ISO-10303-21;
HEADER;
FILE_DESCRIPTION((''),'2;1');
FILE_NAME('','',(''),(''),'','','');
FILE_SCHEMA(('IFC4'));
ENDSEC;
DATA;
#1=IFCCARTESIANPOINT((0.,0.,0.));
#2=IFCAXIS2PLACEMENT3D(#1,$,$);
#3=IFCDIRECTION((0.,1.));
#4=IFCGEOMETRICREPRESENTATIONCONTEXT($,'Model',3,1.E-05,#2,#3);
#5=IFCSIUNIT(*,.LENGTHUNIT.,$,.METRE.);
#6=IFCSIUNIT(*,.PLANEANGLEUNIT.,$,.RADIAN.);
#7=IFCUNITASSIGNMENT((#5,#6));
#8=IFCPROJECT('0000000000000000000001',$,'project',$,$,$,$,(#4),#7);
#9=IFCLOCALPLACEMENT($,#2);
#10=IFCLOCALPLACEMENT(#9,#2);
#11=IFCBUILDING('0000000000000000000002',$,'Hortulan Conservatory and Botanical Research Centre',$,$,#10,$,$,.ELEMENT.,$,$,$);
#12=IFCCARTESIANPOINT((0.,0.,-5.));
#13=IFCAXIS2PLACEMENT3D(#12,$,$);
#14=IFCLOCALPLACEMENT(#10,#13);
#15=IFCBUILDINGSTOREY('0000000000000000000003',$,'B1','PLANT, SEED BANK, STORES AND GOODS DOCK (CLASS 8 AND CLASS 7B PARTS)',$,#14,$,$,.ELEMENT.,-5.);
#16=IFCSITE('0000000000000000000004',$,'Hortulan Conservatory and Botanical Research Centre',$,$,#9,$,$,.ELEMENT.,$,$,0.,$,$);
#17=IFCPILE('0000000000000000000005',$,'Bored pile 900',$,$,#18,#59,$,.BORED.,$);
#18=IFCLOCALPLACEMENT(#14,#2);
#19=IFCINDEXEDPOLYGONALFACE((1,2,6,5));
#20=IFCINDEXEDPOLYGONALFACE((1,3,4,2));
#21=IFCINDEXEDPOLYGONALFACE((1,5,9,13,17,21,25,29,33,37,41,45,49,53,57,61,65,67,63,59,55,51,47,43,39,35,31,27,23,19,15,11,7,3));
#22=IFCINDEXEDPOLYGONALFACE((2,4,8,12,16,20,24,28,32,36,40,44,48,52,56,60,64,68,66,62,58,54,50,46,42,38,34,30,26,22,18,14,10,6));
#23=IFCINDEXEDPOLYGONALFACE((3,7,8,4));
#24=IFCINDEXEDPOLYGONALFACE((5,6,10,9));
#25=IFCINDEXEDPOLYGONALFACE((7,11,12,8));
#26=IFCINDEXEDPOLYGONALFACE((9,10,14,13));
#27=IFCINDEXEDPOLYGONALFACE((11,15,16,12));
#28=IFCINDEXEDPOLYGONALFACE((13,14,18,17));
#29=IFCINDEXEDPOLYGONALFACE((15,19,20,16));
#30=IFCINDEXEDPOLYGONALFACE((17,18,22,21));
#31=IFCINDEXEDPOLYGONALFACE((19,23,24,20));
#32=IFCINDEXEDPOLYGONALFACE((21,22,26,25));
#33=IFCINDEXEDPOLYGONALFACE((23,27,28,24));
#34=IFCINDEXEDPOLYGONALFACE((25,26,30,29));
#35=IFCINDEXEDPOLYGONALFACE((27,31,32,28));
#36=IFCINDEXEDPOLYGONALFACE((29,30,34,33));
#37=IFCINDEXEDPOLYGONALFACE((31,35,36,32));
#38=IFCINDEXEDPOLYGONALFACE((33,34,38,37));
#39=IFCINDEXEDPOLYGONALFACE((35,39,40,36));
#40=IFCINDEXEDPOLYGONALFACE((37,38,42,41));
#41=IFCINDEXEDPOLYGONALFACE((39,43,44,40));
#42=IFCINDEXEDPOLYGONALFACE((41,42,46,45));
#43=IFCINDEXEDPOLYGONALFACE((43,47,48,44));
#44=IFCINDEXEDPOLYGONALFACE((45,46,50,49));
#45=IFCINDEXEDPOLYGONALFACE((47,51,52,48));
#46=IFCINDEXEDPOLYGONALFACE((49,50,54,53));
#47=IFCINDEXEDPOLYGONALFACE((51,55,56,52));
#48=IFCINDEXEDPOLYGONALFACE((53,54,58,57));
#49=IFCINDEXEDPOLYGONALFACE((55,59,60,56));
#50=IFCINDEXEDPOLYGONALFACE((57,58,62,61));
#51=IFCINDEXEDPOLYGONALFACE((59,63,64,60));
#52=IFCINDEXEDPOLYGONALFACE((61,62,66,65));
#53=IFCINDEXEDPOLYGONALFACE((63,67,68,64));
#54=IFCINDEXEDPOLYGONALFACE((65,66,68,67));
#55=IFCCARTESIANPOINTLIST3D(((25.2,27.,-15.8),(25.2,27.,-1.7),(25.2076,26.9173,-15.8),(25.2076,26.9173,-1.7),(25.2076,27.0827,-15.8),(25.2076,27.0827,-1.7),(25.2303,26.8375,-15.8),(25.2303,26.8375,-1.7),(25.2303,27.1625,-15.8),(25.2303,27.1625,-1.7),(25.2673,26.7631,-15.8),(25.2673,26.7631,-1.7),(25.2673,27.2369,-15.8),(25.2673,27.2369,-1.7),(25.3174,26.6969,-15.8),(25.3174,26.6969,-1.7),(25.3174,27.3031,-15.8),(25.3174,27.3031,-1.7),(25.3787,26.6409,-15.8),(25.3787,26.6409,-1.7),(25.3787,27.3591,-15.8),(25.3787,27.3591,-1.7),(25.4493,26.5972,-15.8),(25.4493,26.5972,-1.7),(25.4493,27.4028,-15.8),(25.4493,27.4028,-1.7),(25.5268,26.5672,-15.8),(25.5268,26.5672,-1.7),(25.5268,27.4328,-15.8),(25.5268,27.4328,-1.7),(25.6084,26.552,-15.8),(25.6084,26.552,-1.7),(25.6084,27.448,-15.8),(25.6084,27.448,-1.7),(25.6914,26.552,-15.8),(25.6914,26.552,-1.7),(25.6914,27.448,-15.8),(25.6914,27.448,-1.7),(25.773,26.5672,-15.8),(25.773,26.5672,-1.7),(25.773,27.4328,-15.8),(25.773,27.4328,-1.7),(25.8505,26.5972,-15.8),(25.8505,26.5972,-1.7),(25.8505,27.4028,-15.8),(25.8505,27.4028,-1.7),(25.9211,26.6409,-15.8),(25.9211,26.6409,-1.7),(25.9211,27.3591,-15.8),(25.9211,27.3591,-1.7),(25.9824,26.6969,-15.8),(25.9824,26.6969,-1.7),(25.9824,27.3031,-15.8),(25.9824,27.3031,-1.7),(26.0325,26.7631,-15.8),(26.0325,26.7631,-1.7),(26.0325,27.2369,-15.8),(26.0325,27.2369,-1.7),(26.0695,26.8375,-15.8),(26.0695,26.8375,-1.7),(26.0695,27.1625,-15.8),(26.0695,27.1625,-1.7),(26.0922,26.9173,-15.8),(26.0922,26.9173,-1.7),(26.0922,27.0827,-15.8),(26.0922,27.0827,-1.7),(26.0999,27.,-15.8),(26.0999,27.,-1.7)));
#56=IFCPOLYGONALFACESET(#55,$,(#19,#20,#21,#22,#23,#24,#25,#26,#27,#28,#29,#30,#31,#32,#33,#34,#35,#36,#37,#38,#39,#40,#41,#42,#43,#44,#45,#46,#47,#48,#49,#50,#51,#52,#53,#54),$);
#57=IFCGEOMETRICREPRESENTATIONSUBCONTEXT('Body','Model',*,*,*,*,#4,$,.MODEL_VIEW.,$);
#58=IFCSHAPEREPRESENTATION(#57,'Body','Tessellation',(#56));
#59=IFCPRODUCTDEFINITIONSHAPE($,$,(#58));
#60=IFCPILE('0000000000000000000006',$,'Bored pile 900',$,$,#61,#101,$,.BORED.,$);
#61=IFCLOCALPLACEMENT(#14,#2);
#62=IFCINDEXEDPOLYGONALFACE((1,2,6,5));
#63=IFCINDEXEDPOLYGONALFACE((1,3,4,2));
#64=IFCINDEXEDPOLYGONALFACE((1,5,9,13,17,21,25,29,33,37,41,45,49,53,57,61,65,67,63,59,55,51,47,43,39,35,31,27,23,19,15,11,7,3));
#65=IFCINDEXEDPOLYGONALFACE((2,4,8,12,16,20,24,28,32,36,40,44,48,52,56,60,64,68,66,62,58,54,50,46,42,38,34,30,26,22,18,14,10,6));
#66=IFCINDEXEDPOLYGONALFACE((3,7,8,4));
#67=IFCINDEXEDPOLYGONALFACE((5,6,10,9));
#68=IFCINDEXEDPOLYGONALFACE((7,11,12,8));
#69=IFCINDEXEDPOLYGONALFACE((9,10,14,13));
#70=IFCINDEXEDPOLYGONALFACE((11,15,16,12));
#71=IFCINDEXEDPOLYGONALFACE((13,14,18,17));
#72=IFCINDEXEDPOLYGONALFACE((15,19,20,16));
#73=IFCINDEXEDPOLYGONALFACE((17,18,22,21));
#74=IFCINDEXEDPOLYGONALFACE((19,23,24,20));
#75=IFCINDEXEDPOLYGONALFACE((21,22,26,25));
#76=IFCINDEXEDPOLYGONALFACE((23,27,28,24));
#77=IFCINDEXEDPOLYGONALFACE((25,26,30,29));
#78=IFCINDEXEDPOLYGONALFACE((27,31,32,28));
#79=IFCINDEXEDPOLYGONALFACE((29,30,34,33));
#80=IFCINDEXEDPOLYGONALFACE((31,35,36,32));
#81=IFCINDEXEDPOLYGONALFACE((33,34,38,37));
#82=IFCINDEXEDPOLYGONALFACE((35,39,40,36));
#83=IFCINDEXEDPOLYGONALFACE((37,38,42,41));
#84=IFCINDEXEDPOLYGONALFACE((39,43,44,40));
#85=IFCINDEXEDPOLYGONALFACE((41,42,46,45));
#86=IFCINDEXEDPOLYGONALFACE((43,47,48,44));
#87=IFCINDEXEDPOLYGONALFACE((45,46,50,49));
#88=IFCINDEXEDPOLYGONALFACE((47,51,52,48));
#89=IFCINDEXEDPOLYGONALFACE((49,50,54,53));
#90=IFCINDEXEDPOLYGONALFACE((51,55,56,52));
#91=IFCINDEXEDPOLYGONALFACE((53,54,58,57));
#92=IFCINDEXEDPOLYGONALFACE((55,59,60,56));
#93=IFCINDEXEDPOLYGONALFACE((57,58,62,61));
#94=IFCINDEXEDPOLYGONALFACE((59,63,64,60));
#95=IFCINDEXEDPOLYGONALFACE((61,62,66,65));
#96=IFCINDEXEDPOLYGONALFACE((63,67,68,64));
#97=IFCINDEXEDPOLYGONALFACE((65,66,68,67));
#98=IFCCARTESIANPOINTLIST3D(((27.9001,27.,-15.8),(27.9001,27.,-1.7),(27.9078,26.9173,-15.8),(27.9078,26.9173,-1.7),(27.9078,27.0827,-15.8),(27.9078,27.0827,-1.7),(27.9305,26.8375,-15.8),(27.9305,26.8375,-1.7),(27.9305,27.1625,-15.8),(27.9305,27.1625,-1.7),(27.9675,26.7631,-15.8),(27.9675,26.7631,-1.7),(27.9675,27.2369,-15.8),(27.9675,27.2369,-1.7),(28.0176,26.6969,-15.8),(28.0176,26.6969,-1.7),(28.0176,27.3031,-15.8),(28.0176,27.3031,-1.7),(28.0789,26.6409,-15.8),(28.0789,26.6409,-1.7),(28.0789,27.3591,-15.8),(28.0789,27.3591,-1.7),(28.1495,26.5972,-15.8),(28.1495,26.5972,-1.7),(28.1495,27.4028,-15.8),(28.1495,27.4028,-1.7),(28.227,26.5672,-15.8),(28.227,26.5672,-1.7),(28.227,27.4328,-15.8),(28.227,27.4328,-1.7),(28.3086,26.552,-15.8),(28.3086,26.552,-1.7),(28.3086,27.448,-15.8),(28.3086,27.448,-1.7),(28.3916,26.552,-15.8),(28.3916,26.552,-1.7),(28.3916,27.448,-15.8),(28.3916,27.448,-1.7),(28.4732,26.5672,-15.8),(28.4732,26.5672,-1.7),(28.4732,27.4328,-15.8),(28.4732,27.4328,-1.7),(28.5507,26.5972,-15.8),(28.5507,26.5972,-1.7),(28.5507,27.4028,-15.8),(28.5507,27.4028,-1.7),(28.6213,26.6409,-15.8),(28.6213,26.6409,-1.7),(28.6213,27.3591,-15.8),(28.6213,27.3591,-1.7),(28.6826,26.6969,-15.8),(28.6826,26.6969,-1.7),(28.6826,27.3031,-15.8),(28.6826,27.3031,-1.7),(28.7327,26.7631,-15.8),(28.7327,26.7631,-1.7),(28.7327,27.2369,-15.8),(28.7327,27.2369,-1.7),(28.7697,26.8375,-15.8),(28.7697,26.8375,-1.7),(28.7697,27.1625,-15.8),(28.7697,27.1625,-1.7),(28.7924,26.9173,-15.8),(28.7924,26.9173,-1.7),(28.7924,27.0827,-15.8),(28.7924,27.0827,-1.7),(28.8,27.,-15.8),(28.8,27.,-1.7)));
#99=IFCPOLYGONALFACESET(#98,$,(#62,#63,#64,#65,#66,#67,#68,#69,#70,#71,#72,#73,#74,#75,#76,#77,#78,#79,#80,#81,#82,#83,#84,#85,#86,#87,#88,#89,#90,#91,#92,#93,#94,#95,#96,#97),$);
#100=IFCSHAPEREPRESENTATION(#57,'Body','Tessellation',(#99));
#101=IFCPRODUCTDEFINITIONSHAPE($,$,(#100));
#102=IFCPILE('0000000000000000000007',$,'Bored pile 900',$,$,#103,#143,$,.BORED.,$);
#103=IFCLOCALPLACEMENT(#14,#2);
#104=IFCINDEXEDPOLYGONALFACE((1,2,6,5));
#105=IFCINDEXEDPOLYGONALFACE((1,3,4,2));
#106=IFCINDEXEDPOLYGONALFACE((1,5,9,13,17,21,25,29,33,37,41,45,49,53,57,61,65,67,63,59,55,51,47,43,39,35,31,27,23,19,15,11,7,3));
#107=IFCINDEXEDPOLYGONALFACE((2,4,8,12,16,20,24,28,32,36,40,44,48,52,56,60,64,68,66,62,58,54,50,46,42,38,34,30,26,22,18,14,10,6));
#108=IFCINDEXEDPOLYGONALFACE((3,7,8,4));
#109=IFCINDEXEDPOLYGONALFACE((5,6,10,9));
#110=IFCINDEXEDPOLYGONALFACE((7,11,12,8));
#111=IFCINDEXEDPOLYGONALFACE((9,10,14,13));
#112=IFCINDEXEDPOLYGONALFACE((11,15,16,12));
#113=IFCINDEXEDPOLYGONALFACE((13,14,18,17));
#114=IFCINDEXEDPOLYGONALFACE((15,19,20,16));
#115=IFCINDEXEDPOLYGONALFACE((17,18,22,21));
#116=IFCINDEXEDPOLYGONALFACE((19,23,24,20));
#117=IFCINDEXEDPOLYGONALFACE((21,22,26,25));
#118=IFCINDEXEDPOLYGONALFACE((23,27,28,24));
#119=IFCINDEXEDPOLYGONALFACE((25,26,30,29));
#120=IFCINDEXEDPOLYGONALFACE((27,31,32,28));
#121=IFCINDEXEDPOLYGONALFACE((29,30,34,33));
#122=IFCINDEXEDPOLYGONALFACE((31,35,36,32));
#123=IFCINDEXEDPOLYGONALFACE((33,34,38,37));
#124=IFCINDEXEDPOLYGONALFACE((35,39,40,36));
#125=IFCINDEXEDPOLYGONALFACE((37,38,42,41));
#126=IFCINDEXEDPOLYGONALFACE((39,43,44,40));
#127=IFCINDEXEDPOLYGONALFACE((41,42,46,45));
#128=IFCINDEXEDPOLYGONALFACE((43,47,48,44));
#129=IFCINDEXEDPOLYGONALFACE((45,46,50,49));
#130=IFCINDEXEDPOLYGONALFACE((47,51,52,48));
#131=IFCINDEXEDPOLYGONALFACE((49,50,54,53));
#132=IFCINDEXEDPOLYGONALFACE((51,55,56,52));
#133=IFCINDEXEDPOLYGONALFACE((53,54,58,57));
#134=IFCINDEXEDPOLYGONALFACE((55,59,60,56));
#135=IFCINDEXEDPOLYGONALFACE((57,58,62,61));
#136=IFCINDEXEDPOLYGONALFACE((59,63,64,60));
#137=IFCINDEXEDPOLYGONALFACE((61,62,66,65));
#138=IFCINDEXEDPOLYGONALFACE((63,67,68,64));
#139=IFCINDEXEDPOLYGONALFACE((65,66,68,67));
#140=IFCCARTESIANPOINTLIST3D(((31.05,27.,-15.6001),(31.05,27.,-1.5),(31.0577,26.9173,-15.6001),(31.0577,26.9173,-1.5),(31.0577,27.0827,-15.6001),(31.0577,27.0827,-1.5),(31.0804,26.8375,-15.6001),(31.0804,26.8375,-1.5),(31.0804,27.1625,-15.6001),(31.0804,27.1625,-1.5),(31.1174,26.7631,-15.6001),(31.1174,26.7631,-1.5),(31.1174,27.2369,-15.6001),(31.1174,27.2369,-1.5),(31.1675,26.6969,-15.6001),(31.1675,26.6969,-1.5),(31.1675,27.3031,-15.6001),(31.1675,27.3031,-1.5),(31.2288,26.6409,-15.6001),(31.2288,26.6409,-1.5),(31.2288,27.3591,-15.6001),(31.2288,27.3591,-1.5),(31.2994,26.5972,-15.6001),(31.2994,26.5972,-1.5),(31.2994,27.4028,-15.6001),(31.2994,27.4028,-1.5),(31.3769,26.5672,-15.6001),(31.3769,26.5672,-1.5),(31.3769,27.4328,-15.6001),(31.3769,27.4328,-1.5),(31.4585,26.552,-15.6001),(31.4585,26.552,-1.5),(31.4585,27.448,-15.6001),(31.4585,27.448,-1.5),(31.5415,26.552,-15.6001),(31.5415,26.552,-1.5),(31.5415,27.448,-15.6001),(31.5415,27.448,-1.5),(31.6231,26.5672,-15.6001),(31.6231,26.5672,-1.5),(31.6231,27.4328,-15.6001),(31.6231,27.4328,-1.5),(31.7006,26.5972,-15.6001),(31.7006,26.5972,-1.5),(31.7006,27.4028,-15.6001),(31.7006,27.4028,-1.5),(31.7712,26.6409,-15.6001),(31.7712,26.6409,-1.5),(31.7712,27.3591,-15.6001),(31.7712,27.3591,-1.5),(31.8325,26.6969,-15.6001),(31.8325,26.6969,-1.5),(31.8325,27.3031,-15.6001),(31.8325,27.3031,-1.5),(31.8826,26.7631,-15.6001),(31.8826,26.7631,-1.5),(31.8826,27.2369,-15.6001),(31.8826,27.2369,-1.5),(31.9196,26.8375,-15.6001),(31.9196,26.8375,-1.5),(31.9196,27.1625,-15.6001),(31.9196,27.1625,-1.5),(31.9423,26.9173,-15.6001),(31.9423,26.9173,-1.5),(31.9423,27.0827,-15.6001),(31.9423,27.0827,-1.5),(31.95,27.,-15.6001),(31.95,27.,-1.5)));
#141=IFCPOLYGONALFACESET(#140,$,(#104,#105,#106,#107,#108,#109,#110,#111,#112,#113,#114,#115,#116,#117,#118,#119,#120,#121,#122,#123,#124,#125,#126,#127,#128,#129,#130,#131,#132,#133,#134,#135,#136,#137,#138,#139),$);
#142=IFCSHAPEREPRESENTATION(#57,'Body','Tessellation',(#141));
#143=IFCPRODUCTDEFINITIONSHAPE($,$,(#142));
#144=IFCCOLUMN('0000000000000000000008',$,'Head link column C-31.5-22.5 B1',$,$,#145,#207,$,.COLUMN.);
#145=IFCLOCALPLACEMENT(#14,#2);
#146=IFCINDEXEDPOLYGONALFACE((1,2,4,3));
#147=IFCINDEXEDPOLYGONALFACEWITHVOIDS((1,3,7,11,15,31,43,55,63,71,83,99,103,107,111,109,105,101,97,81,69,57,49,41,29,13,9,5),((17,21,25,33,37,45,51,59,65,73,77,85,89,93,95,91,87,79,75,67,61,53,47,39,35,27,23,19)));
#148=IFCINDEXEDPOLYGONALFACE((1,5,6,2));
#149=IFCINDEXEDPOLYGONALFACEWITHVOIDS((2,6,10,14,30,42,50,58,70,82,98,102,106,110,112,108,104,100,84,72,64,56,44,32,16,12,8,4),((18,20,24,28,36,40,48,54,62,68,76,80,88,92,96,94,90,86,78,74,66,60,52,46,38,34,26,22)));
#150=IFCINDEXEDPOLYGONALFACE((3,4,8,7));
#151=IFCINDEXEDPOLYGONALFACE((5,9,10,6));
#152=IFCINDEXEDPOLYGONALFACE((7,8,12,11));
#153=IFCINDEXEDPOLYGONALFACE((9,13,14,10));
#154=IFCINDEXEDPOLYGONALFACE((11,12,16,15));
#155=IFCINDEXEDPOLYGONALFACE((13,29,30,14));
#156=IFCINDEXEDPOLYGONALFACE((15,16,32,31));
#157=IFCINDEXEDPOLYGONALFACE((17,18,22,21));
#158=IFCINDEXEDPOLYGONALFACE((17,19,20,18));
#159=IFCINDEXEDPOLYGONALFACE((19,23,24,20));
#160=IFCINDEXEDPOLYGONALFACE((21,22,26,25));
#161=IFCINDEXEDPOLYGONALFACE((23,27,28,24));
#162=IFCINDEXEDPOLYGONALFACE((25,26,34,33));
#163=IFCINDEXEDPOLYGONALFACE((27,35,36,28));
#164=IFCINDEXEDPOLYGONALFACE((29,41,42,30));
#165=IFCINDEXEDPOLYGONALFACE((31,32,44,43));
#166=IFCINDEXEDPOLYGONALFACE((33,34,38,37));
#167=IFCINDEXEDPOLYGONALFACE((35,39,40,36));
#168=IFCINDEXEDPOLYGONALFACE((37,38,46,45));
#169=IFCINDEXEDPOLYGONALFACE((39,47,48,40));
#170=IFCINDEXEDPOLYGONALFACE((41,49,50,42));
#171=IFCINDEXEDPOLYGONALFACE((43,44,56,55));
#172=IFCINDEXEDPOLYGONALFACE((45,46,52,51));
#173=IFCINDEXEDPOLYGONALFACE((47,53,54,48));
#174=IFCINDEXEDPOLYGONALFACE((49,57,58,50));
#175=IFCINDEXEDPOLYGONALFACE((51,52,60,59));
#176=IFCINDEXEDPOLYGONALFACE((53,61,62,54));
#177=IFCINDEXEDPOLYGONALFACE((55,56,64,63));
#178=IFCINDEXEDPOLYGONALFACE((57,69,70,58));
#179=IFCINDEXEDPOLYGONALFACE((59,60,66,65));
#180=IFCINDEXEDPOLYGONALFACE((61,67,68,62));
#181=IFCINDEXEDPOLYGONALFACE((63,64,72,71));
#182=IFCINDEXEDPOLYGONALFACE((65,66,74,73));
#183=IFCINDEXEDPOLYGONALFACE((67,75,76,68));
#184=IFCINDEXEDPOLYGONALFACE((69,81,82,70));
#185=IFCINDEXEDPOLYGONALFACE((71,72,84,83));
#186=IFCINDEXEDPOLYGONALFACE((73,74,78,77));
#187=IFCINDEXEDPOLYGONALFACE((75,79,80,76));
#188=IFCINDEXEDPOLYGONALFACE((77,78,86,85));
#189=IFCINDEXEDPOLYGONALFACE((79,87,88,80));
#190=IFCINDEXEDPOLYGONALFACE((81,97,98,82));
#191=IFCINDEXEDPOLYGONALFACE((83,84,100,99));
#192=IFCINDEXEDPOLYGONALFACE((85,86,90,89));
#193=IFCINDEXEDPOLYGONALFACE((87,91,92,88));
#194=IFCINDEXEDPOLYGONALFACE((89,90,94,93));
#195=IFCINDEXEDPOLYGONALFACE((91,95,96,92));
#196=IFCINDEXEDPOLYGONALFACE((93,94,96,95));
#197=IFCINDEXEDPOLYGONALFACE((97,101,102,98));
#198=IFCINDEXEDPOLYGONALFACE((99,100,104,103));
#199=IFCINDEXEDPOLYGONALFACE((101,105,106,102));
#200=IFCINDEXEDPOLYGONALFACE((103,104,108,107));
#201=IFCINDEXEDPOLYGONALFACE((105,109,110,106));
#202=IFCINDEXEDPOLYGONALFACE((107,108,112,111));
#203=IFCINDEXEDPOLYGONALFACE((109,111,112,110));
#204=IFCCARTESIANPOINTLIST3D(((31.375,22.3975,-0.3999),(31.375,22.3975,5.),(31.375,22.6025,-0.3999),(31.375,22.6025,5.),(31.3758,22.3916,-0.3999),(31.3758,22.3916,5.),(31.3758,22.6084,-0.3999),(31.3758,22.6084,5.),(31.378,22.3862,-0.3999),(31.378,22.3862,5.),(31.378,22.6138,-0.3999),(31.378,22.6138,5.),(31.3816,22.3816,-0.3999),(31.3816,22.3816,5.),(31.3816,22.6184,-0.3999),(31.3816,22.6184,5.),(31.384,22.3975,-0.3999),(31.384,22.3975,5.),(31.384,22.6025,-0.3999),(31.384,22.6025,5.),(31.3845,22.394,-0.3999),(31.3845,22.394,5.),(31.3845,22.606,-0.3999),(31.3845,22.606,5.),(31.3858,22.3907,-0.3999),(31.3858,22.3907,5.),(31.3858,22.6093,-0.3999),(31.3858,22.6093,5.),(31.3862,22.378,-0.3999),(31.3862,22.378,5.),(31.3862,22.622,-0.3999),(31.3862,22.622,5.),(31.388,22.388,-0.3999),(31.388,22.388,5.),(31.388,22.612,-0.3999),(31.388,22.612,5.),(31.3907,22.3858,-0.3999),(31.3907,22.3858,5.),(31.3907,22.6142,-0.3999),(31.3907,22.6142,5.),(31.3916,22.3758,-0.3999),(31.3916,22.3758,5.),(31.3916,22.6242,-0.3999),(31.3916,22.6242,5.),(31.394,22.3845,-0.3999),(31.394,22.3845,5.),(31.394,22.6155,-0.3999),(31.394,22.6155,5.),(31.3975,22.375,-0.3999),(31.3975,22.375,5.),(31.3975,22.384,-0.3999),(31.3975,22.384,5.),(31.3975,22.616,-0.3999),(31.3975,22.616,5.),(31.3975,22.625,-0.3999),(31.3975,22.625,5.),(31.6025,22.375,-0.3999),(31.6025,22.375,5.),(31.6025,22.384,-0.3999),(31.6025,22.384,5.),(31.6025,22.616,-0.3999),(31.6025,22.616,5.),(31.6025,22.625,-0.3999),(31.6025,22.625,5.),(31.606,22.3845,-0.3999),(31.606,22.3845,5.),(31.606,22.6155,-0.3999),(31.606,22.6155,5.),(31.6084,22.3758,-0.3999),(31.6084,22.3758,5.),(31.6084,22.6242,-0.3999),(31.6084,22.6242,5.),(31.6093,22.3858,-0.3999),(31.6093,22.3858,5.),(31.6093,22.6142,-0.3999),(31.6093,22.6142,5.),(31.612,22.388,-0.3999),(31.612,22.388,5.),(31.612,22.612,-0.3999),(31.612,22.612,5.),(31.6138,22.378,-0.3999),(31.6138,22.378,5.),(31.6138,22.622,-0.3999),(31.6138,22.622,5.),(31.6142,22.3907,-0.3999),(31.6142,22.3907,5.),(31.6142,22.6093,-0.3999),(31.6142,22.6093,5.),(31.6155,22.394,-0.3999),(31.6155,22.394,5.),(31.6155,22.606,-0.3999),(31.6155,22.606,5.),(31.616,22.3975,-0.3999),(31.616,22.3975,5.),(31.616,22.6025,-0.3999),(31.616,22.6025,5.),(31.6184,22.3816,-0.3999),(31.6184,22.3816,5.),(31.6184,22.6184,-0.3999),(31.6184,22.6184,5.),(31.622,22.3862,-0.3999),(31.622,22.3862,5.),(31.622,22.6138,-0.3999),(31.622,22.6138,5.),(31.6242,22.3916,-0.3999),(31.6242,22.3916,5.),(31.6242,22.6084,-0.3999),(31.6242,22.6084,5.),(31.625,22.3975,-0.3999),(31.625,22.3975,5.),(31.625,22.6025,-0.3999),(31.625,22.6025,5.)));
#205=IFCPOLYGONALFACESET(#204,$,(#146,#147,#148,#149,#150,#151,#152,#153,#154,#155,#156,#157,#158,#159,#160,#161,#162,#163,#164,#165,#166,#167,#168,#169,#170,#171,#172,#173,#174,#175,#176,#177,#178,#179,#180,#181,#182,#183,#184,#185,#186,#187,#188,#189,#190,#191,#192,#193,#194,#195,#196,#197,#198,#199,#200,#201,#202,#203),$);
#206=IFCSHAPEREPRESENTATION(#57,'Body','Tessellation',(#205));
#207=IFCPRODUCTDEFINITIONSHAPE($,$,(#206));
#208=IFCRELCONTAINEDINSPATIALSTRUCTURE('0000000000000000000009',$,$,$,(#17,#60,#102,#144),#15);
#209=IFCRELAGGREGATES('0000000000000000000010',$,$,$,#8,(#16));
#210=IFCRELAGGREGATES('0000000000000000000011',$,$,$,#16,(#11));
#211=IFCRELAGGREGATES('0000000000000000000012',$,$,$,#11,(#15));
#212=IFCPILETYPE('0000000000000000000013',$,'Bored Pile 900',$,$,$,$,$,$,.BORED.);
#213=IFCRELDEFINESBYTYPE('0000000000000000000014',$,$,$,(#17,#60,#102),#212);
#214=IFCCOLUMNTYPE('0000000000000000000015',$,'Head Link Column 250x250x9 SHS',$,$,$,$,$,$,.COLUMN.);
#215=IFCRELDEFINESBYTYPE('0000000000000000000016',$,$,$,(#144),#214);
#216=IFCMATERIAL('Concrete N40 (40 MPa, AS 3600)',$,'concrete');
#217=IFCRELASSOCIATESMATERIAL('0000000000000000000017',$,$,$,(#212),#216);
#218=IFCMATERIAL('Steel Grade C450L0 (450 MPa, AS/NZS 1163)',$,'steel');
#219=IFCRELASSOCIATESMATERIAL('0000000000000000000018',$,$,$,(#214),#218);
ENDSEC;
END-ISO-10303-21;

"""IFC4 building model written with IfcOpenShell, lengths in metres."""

from ifc_helpers import new_model, si_unit, direction, frame, origin, origin_2d, place, context, subcontext, project, spatial, hollow_rectangle, circle, extrude, material, material_profile, profile_set, type_object, element, save


model = new_model("IFC4")

# Units and contexts
model_context = context("Model", 3, precision=1e-05, world=origin(), true_north=direction((0.0, 1.0)))
body_context = subcontext(model_context, "Body", "Model", "MODEL_VIEW")
ifc_project = project(units=[si_unit("LENGTHUNIT", "METRE"), si_unit("PLANEANGLEUNIT", "RADIAN")], contexts=[model_context])

# Site, building, storey
site_placement = place(None, origin())
site = spatial("IfcSite", under=ifc_project, at=site_placement, Name="Hortulan Conservatory and Botanical Research Centre", CompositionType="ELEMENT", RefElevation=0.0)
building_placement = place(site_placement, origin())
building = spatial("IfcBuilding", under=site, at=building_placement, Name="Hortulan Conservatory and Botanical Research Centre", CompositionType="ELEMENT")
storey_placement = place(building_placement, frame((0.0, 0.0, -5.0)))
storey = spatial("IfcBuildingStorey", under=building, at=storey_placement, Name="B1", Description="PLANT, SEED BANK, STORES AND GOODS DOCK (CLASS 8 AND CLASS 7B PARTS)", CompositionType="ELEMENT", Elevation=-5.0)

# Piles
ifc_material_1 = material(Name="Concrete N40 (40 MPa, AS 3600)", Category="concrete")
ifc_material_profile_1 = material_profile(ifc_material_1, circle(Radius=0.45, at=origin_2d()), Name="Bored pile 900 diameter")
ifc_profile_set_1 = profile_set([ifc_material_profile_1], Name="Concrete N40 (40 MPa, AS 3600)")
pile_type_1 = type_object("IfcPileType", Name="Bored Pile 900", PredefinedType="BORED", material=ifc_profile_set_1)
for number, where, z_axis, x_axis, name in (
    (1, (25.6499, 27.0, -1.7), (0.0, 0.0, -1.0), (1.0, 0.0, 0.0), "Bored pile 900"),
    (2, (28.3501, 27.0, -1.7), (0.0, 0.0, -1.0), (1.0, 0.0, 0.0), "Bored pile 900"),
    (3, (31.5, 27.0, -1.5), (0.0, 0.0, -1.0), (1.0, 0.0, 0.0), "Bored pile 900"),
):
    element("IfcPile", number, at=place(storey_placement, frame(where, z_axis=z_axis, x_axis=x_axis)), inside=storey, type_object=pile_type_1, Name=name, PredefinedType="BORED", context=body_context, shape_type="SweptSolid", body=[
        extrude(circle(Radius=0.45, at=origin_2d()), origin(), (0.0, 0.0, 1.0), 14.1001),
    ])

# Column
ifc_material_2 = material(Name="Steel Grade C450L0 (450 MPa, AS/NZS 1163)", Category="steel")
ifc_material_profile_2 = material_profile(ifc_material_2, hollow_rectangle(XDim=0.25, YDim=0.25, WallThickness=0.009, InnerFilletRadius=0.0134, OuterFilletRadius=0.0225, at=origin_2d()), Name="250x250x9SHS")
ifc_profile_set_2 = profile_set([ifc_material_profile_2], Name="Steel Grade C450L0 (450 MPa, AS/NZS 1163)")
column_type_1 = type_object("IfcColumnType", Name="Head Link Column 250x250x9 SHS", PredefinedType="COLUMN", material=ifc_profile_set_2)
column_placement = place(storey_placement, frame((31.5, 22.5, -0.3999), z_axis=(0.0, 0.0, 1.0), x_axis=(1.0, 0.0, 0.0)))
element("IfcColumn", 4, at=column_placement, inside=storey, type_object=column_type_1, Name="Head link column C-31.5-22.5 B1", PredefinedType="COLUMN", context=body_context, shape_type="SweptSolid", body=[
    extrude(hollow_rectangle(XDim=0.25, YDim=0.25, WallThickness=0.009, InnerFilletRadius=0.0134, OuterFilletRadius=0.0225, at=origin_2d()), origin(), (0.0, 0.0, 1.0), 5.3999),
])

save(model, "model.ifc")
